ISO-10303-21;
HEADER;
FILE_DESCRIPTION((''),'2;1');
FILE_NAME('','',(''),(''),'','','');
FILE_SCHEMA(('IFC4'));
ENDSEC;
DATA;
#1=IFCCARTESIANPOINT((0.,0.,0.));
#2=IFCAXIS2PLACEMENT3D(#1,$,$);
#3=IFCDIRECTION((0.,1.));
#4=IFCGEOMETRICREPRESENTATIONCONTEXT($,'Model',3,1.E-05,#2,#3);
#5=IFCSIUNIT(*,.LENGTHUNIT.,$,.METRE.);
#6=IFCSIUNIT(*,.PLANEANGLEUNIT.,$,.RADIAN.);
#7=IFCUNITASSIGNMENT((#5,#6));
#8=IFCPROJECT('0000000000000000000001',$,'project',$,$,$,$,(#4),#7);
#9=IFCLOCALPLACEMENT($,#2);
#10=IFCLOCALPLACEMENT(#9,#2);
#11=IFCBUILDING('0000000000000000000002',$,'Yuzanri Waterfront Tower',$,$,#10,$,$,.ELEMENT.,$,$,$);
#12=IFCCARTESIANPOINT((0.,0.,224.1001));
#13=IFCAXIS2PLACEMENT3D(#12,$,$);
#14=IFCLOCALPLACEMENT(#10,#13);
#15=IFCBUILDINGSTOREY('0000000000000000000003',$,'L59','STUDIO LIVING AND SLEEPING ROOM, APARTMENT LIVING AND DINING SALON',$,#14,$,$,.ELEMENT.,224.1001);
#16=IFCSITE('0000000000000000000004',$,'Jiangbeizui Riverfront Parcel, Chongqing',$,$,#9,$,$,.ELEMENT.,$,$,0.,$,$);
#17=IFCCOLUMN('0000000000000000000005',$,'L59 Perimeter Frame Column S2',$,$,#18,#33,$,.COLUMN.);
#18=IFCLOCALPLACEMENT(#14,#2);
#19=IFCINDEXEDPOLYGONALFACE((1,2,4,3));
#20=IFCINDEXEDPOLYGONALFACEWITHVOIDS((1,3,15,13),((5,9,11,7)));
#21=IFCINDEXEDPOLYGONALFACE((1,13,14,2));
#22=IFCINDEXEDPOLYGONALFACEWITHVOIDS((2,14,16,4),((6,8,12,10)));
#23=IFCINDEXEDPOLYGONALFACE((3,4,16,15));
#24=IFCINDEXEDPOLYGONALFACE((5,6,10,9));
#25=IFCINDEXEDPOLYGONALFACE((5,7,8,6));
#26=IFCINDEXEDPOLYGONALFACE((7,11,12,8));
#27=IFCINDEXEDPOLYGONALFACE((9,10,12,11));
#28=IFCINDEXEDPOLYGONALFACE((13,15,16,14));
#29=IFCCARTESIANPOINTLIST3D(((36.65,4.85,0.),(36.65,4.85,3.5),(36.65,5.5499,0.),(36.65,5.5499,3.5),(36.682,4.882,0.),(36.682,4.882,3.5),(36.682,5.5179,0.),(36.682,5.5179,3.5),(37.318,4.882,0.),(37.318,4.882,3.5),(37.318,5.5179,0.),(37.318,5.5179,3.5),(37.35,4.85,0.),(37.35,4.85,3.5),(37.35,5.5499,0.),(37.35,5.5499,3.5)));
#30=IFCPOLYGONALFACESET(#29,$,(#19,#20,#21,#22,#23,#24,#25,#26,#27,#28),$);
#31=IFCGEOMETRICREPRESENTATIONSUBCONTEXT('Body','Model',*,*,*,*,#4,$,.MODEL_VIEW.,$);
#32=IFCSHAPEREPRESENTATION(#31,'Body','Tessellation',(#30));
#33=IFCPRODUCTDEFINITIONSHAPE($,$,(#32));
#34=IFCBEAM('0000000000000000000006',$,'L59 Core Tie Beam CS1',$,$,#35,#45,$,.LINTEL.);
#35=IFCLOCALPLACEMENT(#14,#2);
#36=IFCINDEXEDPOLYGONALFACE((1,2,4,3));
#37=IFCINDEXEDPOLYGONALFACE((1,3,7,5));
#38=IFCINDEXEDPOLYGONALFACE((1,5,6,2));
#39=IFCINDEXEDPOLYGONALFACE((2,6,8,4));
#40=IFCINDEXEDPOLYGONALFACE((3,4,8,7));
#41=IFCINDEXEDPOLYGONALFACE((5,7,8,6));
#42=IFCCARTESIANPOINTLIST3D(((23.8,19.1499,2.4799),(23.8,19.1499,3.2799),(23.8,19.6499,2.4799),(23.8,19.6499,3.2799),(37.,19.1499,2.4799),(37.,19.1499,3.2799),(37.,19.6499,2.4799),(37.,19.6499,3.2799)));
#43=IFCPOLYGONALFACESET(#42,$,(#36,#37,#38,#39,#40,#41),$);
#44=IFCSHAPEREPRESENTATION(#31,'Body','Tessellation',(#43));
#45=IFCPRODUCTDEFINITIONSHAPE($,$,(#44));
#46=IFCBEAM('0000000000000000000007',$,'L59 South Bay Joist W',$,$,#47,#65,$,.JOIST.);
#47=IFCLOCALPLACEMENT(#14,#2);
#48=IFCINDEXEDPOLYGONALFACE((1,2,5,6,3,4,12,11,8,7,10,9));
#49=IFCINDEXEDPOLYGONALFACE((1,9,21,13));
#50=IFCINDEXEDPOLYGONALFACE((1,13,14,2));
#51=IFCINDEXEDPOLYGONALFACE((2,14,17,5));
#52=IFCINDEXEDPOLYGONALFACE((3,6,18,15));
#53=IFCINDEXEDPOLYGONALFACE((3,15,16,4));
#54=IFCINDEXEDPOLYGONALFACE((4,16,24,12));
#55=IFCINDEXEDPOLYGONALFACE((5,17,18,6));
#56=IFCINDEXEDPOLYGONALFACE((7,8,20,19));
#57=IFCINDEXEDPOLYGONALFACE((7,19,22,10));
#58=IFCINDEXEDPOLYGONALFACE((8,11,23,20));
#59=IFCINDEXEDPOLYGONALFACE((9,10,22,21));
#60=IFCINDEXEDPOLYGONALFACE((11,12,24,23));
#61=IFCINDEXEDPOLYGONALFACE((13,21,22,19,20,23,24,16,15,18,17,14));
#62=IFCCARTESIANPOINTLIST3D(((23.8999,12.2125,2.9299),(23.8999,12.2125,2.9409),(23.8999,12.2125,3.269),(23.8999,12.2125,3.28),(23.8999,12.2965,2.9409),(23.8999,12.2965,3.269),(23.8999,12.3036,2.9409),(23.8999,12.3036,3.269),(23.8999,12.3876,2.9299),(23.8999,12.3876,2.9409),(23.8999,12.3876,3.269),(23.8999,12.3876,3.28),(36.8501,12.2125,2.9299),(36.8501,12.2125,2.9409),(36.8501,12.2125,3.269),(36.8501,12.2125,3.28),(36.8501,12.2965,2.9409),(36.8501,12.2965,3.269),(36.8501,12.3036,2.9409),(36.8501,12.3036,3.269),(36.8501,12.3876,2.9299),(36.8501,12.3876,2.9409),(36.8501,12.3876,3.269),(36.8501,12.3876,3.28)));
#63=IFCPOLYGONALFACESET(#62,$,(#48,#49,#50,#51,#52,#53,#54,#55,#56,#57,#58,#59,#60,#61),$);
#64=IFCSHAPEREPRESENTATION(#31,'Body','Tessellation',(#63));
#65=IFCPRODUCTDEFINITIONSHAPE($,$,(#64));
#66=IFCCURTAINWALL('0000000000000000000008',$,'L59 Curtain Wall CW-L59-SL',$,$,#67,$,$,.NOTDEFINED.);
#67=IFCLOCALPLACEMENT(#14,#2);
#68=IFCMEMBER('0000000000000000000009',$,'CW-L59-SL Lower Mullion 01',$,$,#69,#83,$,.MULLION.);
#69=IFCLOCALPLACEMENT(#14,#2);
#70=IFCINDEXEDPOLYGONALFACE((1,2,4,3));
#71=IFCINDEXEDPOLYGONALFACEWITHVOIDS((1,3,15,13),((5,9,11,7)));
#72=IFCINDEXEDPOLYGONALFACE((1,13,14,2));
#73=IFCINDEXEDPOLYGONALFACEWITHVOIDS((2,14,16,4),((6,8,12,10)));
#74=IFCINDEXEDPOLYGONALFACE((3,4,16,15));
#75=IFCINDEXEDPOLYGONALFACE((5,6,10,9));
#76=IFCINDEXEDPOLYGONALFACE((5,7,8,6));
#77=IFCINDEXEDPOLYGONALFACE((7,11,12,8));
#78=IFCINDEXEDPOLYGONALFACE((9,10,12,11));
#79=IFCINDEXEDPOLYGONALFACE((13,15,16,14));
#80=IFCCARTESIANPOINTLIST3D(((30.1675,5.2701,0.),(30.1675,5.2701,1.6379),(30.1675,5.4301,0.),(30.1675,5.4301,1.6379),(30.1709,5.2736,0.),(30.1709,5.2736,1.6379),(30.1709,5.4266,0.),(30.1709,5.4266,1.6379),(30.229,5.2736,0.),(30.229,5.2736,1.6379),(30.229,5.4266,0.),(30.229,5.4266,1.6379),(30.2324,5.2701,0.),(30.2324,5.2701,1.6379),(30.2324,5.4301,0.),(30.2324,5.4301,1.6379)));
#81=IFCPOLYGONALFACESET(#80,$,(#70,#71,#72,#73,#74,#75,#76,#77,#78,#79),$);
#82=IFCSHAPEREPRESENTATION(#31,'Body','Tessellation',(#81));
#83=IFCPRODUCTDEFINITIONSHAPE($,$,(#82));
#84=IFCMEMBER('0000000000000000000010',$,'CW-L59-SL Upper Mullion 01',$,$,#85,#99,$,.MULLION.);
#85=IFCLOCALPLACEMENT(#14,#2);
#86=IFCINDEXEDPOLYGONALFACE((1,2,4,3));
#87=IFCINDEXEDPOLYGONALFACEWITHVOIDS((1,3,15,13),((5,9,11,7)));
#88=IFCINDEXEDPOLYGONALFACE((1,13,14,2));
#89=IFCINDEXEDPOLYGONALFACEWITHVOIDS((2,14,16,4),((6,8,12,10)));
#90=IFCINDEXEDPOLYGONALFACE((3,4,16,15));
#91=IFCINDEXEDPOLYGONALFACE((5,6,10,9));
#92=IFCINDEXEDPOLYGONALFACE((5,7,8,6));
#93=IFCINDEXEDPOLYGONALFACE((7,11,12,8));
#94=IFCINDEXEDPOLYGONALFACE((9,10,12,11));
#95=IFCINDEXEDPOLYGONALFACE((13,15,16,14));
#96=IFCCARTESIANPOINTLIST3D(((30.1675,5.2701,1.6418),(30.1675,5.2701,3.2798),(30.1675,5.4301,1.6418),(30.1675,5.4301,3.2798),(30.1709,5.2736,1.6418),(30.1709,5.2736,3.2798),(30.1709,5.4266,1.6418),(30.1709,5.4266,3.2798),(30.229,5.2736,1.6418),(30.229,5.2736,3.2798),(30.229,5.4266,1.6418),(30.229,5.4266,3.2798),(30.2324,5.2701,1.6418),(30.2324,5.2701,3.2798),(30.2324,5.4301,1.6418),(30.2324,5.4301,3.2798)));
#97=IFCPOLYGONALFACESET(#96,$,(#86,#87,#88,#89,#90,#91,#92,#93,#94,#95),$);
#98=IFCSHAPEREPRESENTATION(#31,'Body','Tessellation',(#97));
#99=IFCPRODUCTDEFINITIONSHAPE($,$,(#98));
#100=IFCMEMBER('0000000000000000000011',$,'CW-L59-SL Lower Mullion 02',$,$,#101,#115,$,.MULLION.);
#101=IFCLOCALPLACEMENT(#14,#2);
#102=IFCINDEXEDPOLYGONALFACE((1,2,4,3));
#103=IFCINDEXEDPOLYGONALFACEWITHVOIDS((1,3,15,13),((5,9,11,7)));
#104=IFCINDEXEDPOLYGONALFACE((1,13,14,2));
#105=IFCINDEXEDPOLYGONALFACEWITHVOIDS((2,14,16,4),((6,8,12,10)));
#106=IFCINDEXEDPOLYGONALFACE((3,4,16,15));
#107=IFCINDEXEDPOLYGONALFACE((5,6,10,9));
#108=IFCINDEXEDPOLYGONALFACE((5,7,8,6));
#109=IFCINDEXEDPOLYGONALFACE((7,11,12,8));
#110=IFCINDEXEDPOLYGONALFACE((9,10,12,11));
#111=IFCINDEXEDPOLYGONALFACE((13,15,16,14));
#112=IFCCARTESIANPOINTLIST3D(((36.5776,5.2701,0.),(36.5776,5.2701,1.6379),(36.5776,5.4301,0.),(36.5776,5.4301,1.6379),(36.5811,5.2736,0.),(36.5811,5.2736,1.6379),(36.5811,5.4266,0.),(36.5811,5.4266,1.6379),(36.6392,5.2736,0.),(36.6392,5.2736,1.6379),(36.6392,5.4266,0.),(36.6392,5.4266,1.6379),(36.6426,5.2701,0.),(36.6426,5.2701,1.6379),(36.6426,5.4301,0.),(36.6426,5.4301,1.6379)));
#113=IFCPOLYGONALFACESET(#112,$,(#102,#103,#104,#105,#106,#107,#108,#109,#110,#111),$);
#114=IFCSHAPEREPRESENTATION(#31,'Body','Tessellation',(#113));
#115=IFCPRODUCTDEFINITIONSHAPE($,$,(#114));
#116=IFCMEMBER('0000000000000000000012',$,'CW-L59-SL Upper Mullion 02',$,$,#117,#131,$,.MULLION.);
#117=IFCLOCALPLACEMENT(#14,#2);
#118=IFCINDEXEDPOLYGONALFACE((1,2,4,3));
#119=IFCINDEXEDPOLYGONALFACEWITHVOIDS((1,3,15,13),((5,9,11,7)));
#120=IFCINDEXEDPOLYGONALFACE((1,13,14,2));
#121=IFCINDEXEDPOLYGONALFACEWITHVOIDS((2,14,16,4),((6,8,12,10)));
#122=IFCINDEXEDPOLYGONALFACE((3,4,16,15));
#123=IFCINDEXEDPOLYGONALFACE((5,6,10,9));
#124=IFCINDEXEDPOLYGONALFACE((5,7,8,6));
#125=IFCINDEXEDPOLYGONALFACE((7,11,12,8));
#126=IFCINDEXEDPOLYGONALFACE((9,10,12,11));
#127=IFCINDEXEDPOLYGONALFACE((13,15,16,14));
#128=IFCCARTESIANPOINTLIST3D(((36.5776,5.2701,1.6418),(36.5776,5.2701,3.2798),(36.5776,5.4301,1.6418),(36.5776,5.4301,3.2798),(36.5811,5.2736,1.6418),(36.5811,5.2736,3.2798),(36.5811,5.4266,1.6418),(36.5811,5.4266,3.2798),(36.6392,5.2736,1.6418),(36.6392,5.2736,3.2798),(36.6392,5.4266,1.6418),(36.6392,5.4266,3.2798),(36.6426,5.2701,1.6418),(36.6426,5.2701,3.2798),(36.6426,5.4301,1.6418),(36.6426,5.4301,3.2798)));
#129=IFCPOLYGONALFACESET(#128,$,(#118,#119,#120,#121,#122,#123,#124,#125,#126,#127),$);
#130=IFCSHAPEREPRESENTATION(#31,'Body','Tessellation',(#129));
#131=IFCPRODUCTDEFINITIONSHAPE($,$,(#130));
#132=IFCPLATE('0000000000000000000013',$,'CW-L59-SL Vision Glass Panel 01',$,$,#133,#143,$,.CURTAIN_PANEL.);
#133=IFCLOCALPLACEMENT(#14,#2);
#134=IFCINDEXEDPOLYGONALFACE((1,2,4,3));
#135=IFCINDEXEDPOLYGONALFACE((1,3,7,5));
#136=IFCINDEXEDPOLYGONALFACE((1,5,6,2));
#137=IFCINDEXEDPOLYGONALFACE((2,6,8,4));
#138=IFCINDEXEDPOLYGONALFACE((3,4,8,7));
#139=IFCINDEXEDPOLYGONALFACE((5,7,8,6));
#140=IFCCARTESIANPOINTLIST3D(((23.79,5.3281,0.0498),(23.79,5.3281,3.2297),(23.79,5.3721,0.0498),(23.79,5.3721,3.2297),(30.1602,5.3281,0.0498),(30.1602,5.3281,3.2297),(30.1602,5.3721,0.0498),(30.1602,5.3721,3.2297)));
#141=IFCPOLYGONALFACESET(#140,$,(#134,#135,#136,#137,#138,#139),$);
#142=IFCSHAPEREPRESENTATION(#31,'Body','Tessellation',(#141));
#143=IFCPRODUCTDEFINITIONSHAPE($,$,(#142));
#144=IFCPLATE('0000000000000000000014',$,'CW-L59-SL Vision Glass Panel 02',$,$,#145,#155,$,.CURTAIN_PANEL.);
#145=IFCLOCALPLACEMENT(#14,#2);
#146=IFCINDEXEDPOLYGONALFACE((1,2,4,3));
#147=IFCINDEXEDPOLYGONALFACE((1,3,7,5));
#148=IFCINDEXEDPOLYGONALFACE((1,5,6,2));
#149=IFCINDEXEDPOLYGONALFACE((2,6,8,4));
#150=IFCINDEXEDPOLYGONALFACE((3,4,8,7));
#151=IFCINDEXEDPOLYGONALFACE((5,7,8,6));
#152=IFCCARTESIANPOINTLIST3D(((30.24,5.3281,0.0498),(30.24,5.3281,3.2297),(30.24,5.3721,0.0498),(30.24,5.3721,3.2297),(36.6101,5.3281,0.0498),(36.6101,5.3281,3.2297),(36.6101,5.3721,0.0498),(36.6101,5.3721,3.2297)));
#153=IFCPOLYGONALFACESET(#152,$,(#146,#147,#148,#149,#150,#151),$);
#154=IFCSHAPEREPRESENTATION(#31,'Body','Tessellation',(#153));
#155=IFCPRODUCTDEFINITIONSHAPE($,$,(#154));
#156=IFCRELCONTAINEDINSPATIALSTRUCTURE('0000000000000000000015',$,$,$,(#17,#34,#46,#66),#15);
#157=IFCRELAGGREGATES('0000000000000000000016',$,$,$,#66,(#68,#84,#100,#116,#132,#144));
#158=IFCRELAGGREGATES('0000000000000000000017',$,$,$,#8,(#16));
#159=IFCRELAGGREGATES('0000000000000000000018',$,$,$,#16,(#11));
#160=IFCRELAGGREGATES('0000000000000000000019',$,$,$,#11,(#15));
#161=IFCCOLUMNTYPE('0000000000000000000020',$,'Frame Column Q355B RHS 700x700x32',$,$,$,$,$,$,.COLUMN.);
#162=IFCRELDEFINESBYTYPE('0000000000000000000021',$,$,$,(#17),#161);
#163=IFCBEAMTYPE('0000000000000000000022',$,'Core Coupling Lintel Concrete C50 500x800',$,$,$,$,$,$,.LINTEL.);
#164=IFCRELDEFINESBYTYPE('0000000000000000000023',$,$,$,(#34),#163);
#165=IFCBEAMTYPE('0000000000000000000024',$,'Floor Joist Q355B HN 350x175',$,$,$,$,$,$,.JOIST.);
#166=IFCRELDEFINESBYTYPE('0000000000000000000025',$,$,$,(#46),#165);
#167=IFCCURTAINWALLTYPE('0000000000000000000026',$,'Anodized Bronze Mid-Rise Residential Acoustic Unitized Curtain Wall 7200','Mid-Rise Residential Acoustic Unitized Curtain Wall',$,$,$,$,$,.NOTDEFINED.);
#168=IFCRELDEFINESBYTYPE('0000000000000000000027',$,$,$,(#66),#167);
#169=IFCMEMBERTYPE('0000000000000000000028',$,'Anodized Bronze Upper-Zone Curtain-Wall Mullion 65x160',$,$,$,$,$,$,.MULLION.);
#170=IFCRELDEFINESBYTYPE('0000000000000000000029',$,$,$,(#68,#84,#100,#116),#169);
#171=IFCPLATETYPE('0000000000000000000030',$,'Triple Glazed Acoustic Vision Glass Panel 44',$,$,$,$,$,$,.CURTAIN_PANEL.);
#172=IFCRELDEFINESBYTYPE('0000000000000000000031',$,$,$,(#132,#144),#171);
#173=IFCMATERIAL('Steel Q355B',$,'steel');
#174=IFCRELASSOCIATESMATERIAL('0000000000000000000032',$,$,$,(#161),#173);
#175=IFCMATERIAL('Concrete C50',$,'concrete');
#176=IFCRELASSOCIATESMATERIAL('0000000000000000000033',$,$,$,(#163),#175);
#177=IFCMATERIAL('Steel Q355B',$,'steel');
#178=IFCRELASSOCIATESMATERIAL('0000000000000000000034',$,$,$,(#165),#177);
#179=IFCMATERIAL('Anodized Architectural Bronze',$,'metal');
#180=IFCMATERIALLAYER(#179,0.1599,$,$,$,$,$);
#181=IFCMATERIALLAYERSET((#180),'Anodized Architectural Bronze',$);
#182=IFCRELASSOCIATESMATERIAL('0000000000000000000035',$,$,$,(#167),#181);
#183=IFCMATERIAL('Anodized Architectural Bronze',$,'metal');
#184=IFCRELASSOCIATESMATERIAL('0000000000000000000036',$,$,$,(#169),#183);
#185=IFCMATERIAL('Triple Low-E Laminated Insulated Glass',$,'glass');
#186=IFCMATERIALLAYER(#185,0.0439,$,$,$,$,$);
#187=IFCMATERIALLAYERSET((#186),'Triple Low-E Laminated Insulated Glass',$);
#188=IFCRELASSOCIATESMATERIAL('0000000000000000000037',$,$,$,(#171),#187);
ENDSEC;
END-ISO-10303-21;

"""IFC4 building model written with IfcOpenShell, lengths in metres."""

from ifc_helpers import new_model, si_unit, direction, frame, origin, origin_2d, place, context, subcontext, project, spatial, rectangle, hollow_rectangle, i_section, extrude, source, transform, mapped, material, layer, layer_set, material_profile, profile_set, type_object, element, aggregate, save


model = new_model("IFC4")

# Units and contexts
model_context = context("Model", 3, precision=1e-05, world=origin(), true_north=direction((0.0, 1.0)))
body_context = subcontext(model_context, "Body", "Model", "MODEL_VIEW")
ifc_project = project(units=[si_unit("LENGTHUNIT", "METRE"), si_unit("PLANEANGLEUNIT", "RADIAN")], contexts=[model_context])

# Site, building, storey
site_placement = place(None, origin())
site = spatial("IfcSite", under=ifc_project, at=site_placement, Name="Jiangbeizui Riverfront Parcel, Chongqing", CompositionType="ELEMENT", RefElevation=0.0)
building_placement = place(site_placement, origin())
building = spatial("IfcBuilding", under=site, at=building_placement, Name="Yuzanri Waterfront Tower", CompositionType="ELEMENT")
storey_placement = place(building_placement, frame((0.0, 0.0, 224.1001)))
storey = spatial("IfcBuildingStorey", under=building, at=storey_placement, Name="L59", Description="STUDIO LIVING AND SLEEPING ROOM, APARTMENT LIVING AND DINING SALON", CompositionType="ELEMENT", Elevation=224.1001)

# Column
ifc_material_1 = material(Name="Steel Q355B", Category="steel")
ifc_material_profile_1 = material_profile(ifc_material_1, hollow_rectangle(XDim=0.7, YDim=0.7, WallThickness=0.032, at=origin_2d()), Name="RHS 700x700x32")
ifc_profile_set_1 = profile_set([ifc_material_profile_1], Name="Steel Q355B")
column_type = type_object("IfcColumnType", Name="Frame Column Q355B RHS 700x700x32", PredefinedType="COLUMN", material=ifc_profile_set_1)
shared_shape_1 = source(origin(), body_context, "Body", "SweptSolid", [
    extrude(hollow_rectangle(XDim=0.7, YDim=0.7, WallThickness=0.032, at=origin_2d()), origin(), (0.0, 0.0, 1.0), 3.5),
])
column_placement = place(storey_placement, frame((37.0, 5.2, 0.0), z_axis=(0.0, 0.0, 1.0), x_axis=(1.0, 0.0, 0.0)))
element("IfcColumn", 1, at=column_placement, inside=storey, type_object=column_type, Name="L59 Perimeter Frame Column S2", PredefinedType="COLUMN", context=body_context, shape_type="MappedRepresentation", body=[
    mapped(shared_shape_1, transform((0.0, 0.0, 0.0), scale=1.0)),
])

# Beams
ifc_material_2 = material(Name="Concrete C50", Category="concrete")
ifc_material_profile_2 = material_profile(ifc_material_2, rectangle(XDim=0.5, YDim=0.8, at=origin_2d()), Name="RC 500x800")
ifc_profile_set_2 = profile_set([ifc_material_profile_2], Name="Concrete C50")
beam_type_1 = type_object("IfcBeamType", Name="Core Coupling Lintel Concrete C50 500x800", PredefinedType="LINTEL", material=ifc_profile_set_2)
shared_shape_2 = source(origin(), body_context, "Body", "SweptSolid", [
    extrude(rectangle(XDim=0.5, YDim=0.8, at=origin_2d()), origin(), (0.0, 0.0, 1.0), 13.2),
])
beam_1_placement = place(storey_placement, frame((23.8, 19.3999, 2.8799), z_axis=(1.0, 0.0, 0.0), x_axis=(0.0, 1.0, 0.0)))
element("IfcBeam", 2, at=beam_1_placement, inside=storey, type_object=beam_type_1, Name="L59 Core Tie Beam CS1", PredefinedType="LINTEL", context=body_context, shape_type="MappedRepresentation", body=[
    mapped(shared_shape_2, transform((0.0, 0.0, 0.0), scale=1.0)),
])
ifc_material_3 = material(Name="Steel Q355B", Category="steel")
ifc_material_profile_3 = material_profile(ifc_material_3, i_section(OverallWidth=0.175, OverallDepth=0.3501, WebThickness=0.0071, FlangeThickness=0.011, at=origin_2d()), Name="HN 350x175x7x11")
ifc_profile_set_3 = profile_set([ifc_material_profile_3], Name="Steel Q355B")
beam_type_2 = type_object("IfcBeamType", Name="Floor Joist Q355B HN 350x175", PredefinedType="JOIST", material=ifc_profile_set_3)
shared_shape_3 = source(origin(), body_context, "Body", "SweptSolid", [
    extrude(i_section(OverallWidth=0.175, OverallDepth=0.3501, WebThickness=0.0071, FlangeThickness=0.011, at=origin_2d()), origin(), (0.0, 0.0, 1.0), 12.9502),
])
beam_2_placement = place(storey_placement, frame((23.8999, 12.3, 3.105), z_axis=(1.0, 0.0, 0.0), x_axis=(0.0, 1.0, 0.0)))
element("IfcBeam", 3, at=beam_2_placement, inside=storey, type_object=beam_type_2, Name="L59 South Bay Joist W", PredefinedType="JOIST", context=body_context, shape_type="MappedRepresentation", body=[
    mapped(shared_shape_3, transform((0.0, 0.0, 0.0), scale=1.0)),
])

# Curtain wall, members, plates
ifc_material_4 = material(Name="Anodized Architectural Bronze", Category="metal")
ifc_layer_1 = layer(ifc_material_4, 0.1599)
ifc_layer_set_1 = layer_set([ifc_layer_1], Name="Anodized Architectural Bronze")
curtain_wall_type = type_object("IfcCurtainWallType", Name="Anodized Bronze Mid-Rise Residential Acoustic Unitized Curtain Wall 7200", Description="Mid-Rise Residential Acoustic Unitized Curtain Wall", PredefinedType="NOTDEFINED", material=ifc_layer_set_1)
curtain_wall_placement = place(storey_placement, origin())
curtain_wall = element("IfcCurtainWall", 4, at=curtain_wall_placement, inside=storey, type_object=curtain_wall_type, Name="L59 Curtain Wall CW-L59-SL", PredefinedType="NOTDEFINED")
ifc_material_5 = material(Name="Anodized Architectural Bronze", Category="metal")
ifc_material_profile_4 = material_profile(ifc_material_5, hollow_rectangle(XDim=0.0649, YDim=0.1599, WallThickness=0.0034, at=origin_2d()), Name="CWM 65x160")
ifc_profile_set_4 = profile_set([ifc_material_profile_4], Name="Anodized Architectural Bronze")
member_type = type_object("IfcMemberType", Name="Anodized Bronze Upper-Zone Curtain-Wall Mullion 65x160", PredefinedType="MULLION", material=ifc_profile_set_4)
shared_shape_4 = source(origin(), body_context, "Body", "SweptSolid", [
    extrude(hollow_rectangle(XDim=0.0649, YDim=0.1599, WallThickness=0.0034, at=origin_2d()), origin(), (0.0, 0.0, 1.0), 1.6379),
])
member_1_placement = place(storey_placement, frame((30.2, 5.3501, 0.0), z_axis=(0.0, 0.0, 1.0), x_axis=(1.0, 0.0, 0.0)))
member_1 = element("IfcMember", 5, at=member_1_placement, type_object=member_type, Name="CW-L59-SL Lower Mullion 01", PredefinedType="MULLION", context=body_context, shape_type="MappedRepresentation", body=[
    mapped(shared_shape_4, transform((0.0, 0.0, 0.0), scale=1.0)),
])
member_2_placement = place(storey_placement, frame((30.2, 5.3501, 1.6418), z_axis=(0.0, 0.0, 1.0), x_axis=(1.0, 0.0, 0.0)))
member_2 = element("IfcMember", 6, at=member_2_placement, type_object=member_type, Name="CW-L59-SL Upper Mullion 01", PredefinedType="MULLION", context=body_context, shape_type="MappedRepresentation", body=[
    mapped(shared_shape_4, transform((0.0, 0.0, 0.0), scale=1.0)),
])
member_3_placement = place(storey_placement, frame((36.6101, 5.3501, 0.0), z_axis=(0.0, 0.0, 1.0), x_axis=(1.0, 0.0, 0.0)))
member_3 = element("IfcMember", 7, at=member_3_placement, type_object=member_type, Name="CW-L59-SL Lower Mullion 02", PredefinedType="MULLION", context=body_context, shape_type="MappedRepresentation", body=[
    mapped(shared_shape_4, transform((0.0, 0.0, 0.0), scale=1.0)),
])
member_4_placement = place(storey_placement, frame((36.6101, 5.3501, 1.6418), z_axis=(0.0, 0.0, 1.0), x_axis=(1.0, 0.0, 0.0)))
member_4 = element("IfcMember", 8, at=member_4_placement, type_object=member_type, Name="CW-L59-SL Upper Mullion 02", PredefinedType="MULLION", context=body_context, shape_type="MappedRepresentation", body=[
    mapped(shared_shape_4, transform((0.0, 0.0, 0.0), scale=1.0)),
])
ifc_material_6 = material(Name="Triple Low-E Laminated Insulated Glass", Category="glass")
ifc_layer_2 = layer(ifc_material_6, 0.0439)
ifc_layer_set_2 = layer_set([ifc_layer_2], Name="Triple Low-E Laminated Insulated Glass")
plate_type = type_object("IfcPlateType", Name="Triple Glazed Acoustic Vision Glass Panel 44", PredefinedType="CURTAIN_PANEL", material=ifc_layer_set_2)
shared_shape_5 = source(origin(), body_context, "Body", "SweptSolid", [
    extrude(rectangle(XDim=6.3701, YDim=0.0439, at=origin_2d()), origin(), (0.0, 0.0, 1.0), 3.1799),
])
plate_1_placement = place(storey_placement, frame((26.9751, 5.3501, 0.0498), z_axis=(0.0, 0.0, 1.0), x_axis=(1.0, 0.0, 0.0)))
plate_1 = element("IfcPlate", 9, at=plate_1_placement, type_object=plate_type, Name="CW-L59-SL Vision Glass Panel 01", PredefinedType="CURTAIN_PANEL", context=body_context, shape_type="MappedRepresentation", body=[
    mapped(shared_shape_5, transform((0.0, 0.0, 0.0), scale=1.0)),
])
plate_2_placement = place(storey_placement, frame((33.425, 5.3501, 0.0498), z_axis=(0.0, 0.0, 1.0), x_axis=(1.0, 0.0, 0.0)))
plate_2 = element("IfcPlate", 10, at=plate_2_placement, type_object=plate_type, Name="CW-L59-SL Vision Glass Panel 02", PredefinedType="CURTAIN_PANEL", context=body_context, shape_type="MappedRepresentation", body=[
    mapped(shared_shape_5, transform((0.0, 0.0, 0.0), scale=1.0)),
])
aggregate(curtain_wall, [member_1, member_2, member_3, member_4, plate_1, plate_2])

save(model, "model.ifc")
